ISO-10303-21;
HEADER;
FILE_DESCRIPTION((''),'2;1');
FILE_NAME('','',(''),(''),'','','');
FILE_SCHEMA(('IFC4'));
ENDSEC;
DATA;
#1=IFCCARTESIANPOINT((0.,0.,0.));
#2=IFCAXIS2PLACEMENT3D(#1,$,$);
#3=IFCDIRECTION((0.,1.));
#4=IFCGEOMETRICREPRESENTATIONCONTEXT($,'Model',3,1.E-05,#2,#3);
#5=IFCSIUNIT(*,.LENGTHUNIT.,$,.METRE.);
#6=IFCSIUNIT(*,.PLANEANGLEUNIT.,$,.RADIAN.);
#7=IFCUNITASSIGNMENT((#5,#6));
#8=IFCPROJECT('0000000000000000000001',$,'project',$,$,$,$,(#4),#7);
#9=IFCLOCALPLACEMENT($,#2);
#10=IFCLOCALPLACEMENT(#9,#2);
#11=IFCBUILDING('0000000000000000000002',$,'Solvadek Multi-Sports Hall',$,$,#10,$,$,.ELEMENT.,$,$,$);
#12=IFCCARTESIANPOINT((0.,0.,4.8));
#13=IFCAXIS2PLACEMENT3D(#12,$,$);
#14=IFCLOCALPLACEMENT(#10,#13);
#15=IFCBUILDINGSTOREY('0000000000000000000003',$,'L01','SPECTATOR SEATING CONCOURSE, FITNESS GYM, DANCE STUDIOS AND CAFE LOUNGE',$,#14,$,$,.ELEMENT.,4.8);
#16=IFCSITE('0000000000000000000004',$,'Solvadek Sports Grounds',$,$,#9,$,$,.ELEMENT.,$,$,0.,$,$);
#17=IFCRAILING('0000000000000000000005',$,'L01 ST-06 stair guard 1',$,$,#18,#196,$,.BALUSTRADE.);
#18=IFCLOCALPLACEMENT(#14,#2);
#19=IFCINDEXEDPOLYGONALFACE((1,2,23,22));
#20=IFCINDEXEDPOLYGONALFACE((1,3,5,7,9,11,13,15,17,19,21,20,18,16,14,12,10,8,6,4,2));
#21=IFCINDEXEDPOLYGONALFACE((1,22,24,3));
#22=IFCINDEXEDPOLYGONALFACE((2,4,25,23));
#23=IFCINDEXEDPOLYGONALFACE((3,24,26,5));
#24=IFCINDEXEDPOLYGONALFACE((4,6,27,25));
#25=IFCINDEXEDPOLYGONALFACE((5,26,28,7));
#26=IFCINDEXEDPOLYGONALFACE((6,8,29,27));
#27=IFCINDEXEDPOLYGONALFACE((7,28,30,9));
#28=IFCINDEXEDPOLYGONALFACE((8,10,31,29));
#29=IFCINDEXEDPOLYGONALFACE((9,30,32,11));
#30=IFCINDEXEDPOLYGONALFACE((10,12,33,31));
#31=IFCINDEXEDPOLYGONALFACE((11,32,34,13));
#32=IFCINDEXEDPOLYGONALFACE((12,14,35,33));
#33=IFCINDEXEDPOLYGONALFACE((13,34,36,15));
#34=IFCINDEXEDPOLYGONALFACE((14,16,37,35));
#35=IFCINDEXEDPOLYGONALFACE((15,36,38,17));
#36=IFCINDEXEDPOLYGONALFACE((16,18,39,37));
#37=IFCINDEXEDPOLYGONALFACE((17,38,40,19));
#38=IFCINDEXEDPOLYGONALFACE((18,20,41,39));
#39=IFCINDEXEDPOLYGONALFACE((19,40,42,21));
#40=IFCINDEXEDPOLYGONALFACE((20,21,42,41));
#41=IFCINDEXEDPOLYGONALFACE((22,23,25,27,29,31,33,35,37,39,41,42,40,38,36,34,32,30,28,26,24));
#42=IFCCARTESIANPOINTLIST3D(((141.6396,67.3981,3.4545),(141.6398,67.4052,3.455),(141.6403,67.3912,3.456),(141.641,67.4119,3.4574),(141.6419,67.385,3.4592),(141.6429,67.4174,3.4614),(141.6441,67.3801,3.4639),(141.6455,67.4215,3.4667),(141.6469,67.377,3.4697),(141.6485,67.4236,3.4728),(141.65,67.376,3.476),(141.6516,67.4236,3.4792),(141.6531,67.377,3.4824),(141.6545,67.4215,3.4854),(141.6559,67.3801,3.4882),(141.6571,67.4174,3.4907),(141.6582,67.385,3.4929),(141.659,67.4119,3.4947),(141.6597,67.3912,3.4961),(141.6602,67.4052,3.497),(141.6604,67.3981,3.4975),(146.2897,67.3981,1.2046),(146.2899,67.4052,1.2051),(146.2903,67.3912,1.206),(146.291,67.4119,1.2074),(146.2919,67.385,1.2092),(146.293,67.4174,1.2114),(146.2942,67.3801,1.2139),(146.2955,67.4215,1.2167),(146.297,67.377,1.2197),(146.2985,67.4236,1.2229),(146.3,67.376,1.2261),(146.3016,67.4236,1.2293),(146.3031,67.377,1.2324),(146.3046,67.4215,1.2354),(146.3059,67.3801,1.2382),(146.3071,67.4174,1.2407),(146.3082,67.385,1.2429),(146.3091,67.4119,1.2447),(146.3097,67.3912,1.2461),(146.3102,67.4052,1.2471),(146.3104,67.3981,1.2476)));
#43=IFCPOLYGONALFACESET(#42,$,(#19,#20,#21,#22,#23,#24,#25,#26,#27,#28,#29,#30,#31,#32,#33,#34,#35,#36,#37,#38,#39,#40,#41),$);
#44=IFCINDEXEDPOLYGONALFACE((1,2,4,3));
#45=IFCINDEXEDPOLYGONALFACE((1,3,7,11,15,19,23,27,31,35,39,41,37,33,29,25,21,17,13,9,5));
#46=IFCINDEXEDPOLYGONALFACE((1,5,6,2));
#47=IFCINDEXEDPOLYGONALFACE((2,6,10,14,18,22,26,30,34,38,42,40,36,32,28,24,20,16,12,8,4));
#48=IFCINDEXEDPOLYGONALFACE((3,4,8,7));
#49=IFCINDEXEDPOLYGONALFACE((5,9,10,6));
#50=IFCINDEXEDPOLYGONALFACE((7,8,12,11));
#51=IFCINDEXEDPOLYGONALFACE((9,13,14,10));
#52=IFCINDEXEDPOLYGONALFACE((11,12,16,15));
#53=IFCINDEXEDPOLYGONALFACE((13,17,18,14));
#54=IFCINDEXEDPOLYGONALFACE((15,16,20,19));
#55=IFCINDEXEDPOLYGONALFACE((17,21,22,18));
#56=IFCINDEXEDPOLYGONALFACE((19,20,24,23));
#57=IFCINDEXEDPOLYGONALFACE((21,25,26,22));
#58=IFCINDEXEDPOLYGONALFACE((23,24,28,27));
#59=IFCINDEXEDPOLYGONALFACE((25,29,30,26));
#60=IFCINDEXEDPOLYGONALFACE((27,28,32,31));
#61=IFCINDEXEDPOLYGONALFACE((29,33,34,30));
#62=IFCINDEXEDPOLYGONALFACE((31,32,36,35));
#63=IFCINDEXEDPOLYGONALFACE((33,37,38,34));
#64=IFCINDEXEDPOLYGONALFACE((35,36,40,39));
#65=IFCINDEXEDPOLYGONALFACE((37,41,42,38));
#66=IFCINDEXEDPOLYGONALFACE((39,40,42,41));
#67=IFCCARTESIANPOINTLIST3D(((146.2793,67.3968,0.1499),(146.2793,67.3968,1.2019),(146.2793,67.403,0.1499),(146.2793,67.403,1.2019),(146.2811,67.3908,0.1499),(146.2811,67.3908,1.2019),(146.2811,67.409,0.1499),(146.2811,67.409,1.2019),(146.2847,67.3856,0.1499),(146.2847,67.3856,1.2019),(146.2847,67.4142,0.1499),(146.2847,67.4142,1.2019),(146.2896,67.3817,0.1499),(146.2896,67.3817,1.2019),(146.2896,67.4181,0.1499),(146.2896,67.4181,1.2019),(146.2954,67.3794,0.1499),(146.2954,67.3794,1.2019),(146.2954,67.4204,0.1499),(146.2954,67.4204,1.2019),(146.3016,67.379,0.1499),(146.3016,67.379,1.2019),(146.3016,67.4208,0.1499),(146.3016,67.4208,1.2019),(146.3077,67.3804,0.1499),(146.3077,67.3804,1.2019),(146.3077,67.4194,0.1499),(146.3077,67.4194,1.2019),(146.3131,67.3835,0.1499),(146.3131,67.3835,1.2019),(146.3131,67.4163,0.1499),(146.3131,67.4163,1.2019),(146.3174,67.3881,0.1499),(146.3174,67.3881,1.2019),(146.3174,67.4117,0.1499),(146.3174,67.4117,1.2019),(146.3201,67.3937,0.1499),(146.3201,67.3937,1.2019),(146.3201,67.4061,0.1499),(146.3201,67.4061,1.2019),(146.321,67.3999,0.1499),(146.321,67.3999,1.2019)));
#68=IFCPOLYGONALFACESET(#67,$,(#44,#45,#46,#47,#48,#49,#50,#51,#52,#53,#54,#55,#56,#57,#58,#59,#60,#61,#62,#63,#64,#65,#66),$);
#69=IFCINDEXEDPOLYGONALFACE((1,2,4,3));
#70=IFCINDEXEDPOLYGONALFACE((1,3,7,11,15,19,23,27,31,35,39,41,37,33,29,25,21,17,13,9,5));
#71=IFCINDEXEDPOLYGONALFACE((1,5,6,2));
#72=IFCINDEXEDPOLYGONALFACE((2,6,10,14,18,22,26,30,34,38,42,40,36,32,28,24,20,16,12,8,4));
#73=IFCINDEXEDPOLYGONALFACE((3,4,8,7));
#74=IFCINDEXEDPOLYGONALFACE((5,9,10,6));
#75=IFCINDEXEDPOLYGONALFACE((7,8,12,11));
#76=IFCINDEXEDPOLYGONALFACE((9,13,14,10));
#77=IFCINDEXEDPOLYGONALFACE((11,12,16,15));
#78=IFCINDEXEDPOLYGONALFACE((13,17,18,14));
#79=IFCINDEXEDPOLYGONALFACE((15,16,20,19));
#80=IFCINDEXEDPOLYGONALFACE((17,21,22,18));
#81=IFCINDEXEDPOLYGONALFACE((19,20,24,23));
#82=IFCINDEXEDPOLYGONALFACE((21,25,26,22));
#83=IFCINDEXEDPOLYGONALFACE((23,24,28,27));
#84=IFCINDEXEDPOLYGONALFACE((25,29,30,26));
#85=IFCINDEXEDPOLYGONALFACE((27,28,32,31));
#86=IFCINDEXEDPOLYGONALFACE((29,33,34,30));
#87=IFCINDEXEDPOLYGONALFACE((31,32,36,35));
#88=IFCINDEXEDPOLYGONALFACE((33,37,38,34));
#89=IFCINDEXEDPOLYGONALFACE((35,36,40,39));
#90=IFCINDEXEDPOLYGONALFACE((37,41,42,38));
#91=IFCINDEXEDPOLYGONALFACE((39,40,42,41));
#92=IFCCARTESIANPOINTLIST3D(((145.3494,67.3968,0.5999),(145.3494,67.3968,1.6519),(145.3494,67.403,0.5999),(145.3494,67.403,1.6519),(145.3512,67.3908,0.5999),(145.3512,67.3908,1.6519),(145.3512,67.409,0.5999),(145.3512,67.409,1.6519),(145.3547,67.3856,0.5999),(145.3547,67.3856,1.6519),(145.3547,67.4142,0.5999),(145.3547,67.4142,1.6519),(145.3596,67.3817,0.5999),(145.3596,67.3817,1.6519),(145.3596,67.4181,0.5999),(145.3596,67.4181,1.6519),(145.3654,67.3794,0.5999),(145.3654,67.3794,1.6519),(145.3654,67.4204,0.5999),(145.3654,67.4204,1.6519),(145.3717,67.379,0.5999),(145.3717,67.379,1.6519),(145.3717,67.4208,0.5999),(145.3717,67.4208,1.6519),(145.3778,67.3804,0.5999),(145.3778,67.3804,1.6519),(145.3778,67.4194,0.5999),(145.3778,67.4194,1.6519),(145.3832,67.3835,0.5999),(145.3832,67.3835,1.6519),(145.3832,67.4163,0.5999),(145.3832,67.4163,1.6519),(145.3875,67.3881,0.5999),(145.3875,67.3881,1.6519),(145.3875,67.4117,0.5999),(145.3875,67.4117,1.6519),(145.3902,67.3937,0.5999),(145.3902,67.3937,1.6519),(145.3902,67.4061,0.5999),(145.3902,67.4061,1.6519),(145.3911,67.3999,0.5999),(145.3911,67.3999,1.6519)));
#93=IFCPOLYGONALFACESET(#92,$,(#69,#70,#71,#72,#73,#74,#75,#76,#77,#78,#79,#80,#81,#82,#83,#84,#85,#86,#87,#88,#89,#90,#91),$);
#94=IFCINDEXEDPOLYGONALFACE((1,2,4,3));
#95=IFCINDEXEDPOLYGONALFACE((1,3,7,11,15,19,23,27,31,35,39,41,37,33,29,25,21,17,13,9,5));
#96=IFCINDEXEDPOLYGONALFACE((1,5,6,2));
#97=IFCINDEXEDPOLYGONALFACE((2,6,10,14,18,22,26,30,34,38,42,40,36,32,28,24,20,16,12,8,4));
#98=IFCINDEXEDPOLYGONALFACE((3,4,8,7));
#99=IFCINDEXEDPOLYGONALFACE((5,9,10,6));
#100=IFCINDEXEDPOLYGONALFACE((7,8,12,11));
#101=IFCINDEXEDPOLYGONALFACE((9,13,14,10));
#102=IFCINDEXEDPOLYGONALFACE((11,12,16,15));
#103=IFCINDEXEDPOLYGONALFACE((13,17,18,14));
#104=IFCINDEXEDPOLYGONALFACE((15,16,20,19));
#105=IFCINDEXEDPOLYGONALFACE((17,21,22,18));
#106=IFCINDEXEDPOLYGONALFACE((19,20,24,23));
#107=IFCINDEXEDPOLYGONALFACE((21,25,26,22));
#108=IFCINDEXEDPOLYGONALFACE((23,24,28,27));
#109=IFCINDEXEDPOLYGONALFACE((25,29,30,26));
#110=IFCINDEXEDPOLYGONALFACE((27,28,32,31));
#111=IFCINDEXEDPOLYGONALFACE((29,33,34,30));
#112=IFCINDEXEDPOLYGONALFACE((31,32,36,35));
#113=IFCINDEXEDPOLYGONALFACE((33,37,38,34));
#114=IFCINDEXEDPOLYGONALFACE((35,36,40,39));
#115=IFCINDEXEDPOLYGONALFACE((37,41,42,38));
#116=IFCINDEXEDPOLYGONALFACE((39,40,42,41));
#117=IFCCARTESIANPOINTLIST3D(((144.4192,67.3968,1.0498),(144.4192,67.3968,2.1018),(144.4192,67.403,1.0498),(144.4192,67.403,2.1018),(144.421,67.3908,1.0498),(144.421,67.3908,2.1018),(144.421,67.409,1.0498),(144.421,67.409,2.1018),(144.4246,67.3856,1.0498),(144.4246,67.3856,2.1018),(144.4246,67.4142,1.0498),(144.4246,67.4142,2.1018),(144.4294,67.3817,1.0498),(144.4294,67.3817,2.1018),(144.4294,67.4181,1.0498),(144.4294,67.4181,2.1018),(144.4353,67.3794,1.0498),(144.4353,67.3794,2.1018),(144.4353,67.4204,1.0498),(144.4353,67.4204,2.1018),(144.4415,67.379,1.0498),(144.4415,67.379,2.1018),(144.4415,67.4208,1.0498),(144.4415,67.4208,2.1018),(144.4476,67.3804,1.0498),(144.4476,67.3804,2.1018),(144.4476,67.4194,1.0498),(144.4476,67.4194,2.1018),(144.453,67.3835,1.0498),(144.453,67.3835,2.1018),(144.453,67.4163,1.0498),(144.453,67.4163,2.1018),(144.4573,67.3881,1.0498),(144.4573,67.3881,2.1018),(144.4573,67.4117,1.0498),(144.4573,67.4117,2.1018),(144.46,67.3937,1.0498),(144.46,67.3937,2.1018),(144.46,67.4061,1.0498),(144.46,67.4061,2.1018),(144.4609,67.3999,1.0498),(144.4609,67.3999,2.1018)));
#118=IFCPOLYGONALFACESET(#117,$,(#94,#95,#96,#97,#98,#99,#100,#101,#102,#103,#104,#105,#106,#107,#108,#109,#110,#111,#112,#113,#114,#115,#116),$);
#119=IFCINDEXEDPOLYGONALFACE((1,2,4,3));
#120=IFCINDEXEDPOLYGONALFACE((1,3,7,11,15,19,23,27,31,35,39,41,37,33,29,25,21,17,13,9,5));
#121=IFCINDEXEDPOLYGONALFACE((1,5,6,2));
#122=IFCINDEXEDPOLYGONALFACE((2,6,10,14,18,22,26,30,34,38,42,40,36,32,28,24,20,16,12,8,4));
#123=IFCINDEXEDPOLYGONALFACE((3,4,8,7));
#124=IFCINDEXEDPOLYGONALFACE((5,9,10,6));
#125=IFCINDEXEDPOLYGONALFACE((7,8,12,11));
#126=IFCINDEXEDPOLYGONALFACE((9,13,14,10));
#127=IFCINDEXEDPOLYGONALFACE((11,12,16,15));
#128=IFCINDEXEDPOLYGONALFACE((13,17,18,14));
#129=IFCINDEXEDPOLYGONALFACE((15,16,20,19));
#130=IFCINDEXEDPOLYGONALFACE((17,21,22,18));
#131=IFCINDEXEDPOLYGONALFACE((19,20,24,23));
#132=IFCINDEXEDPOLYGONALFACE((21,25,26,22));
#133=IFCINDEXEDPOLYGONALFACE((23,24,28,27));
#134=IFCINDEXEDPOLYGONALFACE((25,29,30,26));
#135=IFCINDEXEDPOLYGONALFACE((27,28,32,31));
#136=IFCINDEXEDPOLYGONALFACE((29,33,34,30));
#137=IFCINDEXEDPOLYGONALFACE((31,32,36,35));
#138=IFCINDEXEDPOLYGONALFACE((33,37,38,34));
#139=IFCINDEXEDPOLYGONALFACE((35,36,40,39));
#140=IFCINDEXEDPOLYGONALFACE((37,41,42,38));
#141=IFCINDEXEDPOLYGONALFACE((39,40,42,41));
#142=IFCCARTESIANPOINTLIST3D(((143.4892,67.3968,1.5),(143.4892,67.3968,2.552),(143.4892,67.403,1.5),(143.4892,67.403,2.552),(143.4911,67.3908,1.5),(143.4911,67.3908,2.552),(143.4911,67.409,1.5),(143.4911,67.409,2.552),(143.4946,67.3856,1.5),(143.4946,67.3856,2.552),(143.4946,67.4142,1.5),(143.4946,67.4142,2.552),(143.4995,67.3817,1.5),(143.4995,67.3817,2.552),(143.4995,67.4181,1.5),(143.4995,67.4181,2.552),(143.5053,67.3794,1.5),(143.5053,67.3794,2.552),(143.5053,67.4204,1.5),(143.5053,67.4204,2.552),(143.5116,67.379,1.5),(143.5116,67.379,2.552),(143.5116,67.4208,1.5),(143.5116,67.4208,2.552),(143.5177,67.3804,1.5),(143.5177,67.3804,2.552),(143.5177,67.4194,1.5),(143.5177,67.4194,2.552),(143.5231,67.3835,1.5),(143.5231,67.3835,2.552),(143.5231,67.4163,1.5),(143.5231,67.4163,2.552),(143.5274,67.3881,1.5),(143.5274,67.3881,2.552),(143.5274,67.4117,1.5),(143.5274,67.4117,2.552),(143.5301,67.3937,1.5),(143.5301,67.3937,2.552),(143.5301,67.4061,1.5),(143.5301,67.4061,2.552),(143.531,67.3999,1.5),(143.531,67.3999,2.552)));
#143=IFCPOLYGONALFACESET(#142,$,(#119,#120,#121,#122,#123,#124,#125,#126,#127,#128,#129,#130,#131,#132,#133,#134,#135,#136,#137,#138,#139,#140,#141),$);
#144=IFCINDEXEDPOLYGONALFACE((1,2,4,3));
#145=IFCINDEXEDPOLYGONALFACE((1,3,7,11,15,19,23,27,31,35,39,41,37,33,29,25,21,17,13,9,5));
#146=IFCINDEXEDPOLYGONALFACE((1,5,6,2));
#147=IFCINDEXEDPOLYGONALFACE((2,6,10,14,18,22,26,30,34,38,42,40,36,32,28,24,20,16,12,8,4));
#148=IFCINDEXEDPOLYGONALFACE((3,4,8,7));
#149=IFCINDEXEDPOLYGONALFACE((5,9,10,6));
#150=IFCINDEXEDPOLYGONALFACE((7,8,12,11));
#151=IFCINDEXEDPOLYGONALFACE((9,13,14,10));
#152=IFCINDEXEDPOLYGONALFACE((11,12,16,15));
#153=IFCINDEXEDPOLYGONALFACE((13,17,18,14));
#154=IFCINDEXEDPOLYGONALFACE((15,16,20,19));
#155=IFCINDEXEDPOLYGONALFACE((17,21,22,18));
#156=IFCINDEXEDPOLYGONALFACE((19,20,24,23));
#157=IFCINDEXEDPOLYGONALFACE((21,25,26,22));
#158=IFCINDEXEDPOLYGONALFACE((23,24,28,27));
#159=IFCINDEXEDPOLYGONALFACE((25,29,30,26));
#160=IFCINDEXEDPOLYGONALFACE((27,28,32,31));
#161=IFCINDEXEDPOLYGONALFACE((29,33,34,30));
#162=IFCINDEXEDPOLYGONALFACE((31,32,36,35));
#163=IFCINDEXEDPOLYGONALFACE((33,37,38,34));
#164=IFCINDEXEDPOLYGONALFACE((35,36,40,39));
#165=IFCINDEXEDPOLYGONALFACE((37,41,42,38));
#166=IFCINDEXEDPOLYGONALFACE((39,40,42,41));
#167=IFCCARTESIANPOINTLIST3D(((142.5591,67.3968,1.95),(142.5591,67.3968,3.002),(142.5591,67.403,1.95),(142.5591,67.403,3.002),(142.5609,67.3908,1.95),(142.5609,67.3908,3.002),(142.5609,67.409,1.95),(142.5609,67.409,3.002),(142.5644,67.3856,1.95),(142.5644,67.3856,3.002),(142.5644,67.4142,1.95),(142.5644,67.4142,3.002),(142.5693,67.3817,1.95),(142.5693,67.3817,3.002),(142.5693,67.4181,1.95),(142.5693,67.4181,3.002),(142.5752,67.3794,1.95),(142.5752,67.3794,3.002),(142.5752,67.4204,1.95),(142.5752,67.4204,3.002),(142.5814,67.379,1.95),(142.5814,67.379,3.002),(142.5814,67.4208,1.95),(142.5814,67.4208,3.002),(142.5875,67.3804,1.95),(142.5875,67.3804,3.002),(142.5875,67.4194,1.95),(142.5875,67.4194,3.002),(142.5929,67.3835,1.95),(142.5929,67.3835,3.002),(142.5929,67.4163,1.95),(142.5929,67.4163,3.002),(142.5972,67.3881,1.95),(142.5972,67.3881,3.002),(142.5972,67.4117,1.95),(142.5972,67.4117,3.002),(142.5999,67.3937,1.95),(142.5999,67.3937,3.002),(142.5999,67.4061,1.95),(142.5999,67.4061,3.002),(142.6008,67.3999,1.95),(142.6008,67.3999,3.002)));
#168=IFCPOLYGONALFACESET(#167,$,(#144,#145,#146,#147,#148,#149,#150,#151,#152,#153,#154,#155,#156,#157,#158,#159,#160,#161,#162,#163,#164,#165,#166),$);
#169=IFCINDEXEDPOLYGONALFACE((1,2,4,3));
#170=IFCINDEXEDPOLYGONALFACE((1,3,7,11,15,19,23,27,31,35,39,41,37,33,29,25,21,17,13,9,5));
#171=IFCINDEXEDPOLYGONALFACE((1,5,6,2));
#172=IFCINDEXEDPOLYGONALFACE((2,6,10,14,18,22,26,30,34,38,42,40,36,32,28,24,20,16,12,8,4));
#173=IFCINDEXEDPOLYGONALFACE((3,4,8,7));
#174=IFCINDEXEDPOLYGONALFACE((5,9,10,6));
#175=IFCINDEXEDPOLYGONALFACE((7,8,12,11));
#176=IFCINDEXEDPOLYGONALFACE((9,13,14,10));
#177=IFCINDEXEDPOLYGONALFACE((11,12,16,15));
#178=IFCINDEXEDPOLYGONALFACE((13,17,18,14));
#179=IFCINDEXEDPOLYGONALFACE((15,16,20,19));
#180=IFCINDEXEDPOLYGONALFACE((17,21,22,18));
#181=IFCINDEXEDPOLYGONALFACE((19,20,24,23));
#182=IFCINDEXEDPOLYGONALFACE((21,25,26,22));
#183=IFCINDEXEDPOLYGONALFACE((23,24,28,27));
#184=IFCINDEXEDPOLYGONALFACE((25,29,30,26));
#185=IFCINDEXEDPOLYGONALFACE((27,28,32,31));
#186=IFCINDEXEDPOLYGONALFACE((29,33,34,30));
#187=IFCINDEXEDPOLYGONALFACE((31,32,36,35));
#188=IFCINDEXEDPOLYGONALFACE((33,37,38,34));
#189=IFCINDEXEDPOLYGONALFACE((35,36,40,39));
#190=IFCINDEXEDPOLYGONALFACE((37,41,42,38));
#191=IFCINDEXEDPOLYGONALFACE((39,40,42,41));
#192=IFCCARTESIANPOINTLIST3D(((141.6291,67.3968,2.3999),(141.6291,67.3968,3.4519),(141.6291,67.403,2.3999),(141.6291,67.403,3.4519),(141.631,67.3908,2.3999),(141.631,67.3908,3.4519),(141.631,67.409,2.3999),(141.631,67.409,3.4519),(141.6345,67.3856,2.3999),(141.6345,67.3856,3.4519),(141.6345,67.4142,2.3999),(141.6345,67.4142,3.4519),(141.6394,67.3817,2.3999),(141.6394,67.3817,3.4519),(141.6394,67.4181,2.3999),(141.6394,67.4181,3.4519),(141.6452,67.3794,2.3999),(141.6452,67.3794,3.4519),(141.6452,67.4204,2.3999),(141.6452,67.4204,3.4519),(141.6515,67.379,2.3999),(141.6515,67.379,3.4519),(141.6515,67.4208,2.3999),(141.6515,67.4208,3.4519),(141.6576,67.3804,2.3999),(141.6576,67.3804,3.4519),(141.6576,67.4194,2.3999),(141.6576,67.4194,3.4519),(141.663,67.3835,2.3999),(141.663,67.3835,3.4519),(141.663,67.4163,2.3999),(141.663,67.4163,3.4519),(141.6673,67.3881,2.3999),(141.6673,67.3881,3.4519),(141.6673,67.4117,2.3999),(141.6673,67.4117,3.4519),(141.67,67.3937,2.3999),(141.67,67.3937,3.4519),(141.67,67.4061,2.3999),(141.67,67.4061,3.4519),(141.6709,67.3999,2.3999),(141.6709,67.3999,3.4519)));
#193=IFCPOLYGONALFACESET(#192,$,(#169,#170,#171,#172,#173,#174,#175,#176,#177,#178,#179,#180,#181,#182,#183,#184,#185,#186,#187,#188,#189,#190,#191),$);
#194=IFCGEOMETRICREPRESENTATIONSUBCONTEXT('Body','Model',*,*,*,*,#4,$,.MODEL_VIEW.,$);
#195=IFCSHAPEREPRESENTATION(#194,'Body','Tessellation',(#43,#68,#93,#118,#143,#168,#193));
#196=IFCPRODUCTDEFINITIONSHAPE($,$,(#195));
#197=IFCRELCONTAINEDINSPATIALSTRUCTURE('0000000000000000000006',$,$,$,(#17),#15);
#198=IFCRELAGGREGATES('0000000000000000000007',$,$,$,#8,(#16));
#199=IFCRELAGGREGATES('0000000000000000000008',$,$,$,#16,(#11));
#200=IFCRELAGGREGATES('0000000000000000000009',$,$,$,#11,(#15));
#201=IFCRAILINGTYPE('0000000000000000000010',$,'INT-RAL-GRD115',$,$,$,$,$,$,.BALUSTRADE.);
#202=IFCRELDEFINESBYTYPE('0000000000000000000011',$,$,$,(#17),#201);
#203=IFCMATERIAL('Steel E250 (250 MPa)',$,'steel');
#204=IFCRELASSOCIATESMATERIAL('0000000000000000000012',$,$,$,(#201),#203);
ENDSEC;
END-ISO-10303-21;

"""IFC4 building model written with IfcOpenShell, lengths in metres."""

from ifc_helpers import new_model, si_unit, direction, frame, origin, origin_2d, place, context, subcontext, project, spatial, circle, extrude, material, type_object, element, save


model = new_model("IFC4")

# Units and contexts
model_context = context("Model", 3, precision=1e-05, world=origin(), true_north=direction((0.0, 1.0)))
body_context = subcontext(model_context, "Body", "Model", "MODEL_VIEW")
ifc_project = project(units=[si_unit("LENGTHUNIT", "METRE"), si_unit("PLANEANGLEUNIT", "RADIAN")], contexts=[model_context])

# Site, building, storey
site_placement = place(None, origin())
site = spatial("IfcSite", under=ifc_project, at=site_placement, Name="Solvadek Sports Grounds", CompositionType="ELEMENT", RefElevation=0.0)
building_placement = place(site_placement, origin())
building = spatial("IfcBuilding", under=site, at=building_placement, Name="Solvadek Multi-Sports Hall", CompositionType="ELEMENT")
storey_placement = place(building_placement, frame((0.0, 0.0, 4.8)))
storey = spatial("IfcBuildingStorey", under=building, at=storey_placement, Name="L01", Description="SPECTATOR SEATING CONCOURSE, FITNESS GYM, DANCE STUDIOS AND CAFE LOUNGE", CompositionType="ELEMENT", Elevation=4.8)

# Shared definitions
ifc_material_1 = material(Name="Steel E250 (250 MPa)", Category="steel")

# Railing
railing_type_1 = type_object("IfcRailingType", Name="INT-RAL-GRD115", PredefinedType="BALUSTRADE", material=ifc_material_1)
railing_1_placement = place(storey_placement, frame((146.3, 67.3999, 0.1499)))
element("IfcRailing", 1, at=railing_1_placement, inside=storey, type_object=railing_type_1, Name="L01 ST-06 stair guard 1", PredefinedType="BALUSTRADE", context=body_context, shape_type="SweptSolid", body=[
    extrude(circle(Radius=0.0239, at=origin_2d()), frame((0.0, 0.0, 1.0762), z_axis=(-0.900165, 0.0, 0.43555), x_axis=(0.0, -1.0, 0.0)), (0.0, 0.0, 1.0), 5.1658),
    extrude(circle(Radius=0.021, at=origin_2d()), origin(), (0.0, 0.0, 1.0), 1.052),
    extrude(circle(Radius=0.021, at=origin_2d()), frame((-0.9299, 0.0, 0.45)), (0.0, 0.0, 1.0), 1.052),
    extrude(circle(Radius=0.021, at=origin_2d()), frame((-1.8601, 0.0, 0.8999)), (0.0, 0.0, 1.0), 1.052),
    extrude(circle(Radius=0.021, at=origin_2d()), frame((-2.79, 0.0, 1.3501)), (0.0, 0.0, 1.0), 1.052),
    extrude(circle(Radius=0.021, at=origin_2d()), frame((-3.7202, 0.0, 1.8)), (0.0, 0.0, 1.0), 1.052),
    extrude(circle(Radius=0.021, at=origin_2d()), frame((-4.6501, 0.0, 2.25)), (0.0, 0.0, 1.0), 1.052),
])

save(model, "model.ifc")
